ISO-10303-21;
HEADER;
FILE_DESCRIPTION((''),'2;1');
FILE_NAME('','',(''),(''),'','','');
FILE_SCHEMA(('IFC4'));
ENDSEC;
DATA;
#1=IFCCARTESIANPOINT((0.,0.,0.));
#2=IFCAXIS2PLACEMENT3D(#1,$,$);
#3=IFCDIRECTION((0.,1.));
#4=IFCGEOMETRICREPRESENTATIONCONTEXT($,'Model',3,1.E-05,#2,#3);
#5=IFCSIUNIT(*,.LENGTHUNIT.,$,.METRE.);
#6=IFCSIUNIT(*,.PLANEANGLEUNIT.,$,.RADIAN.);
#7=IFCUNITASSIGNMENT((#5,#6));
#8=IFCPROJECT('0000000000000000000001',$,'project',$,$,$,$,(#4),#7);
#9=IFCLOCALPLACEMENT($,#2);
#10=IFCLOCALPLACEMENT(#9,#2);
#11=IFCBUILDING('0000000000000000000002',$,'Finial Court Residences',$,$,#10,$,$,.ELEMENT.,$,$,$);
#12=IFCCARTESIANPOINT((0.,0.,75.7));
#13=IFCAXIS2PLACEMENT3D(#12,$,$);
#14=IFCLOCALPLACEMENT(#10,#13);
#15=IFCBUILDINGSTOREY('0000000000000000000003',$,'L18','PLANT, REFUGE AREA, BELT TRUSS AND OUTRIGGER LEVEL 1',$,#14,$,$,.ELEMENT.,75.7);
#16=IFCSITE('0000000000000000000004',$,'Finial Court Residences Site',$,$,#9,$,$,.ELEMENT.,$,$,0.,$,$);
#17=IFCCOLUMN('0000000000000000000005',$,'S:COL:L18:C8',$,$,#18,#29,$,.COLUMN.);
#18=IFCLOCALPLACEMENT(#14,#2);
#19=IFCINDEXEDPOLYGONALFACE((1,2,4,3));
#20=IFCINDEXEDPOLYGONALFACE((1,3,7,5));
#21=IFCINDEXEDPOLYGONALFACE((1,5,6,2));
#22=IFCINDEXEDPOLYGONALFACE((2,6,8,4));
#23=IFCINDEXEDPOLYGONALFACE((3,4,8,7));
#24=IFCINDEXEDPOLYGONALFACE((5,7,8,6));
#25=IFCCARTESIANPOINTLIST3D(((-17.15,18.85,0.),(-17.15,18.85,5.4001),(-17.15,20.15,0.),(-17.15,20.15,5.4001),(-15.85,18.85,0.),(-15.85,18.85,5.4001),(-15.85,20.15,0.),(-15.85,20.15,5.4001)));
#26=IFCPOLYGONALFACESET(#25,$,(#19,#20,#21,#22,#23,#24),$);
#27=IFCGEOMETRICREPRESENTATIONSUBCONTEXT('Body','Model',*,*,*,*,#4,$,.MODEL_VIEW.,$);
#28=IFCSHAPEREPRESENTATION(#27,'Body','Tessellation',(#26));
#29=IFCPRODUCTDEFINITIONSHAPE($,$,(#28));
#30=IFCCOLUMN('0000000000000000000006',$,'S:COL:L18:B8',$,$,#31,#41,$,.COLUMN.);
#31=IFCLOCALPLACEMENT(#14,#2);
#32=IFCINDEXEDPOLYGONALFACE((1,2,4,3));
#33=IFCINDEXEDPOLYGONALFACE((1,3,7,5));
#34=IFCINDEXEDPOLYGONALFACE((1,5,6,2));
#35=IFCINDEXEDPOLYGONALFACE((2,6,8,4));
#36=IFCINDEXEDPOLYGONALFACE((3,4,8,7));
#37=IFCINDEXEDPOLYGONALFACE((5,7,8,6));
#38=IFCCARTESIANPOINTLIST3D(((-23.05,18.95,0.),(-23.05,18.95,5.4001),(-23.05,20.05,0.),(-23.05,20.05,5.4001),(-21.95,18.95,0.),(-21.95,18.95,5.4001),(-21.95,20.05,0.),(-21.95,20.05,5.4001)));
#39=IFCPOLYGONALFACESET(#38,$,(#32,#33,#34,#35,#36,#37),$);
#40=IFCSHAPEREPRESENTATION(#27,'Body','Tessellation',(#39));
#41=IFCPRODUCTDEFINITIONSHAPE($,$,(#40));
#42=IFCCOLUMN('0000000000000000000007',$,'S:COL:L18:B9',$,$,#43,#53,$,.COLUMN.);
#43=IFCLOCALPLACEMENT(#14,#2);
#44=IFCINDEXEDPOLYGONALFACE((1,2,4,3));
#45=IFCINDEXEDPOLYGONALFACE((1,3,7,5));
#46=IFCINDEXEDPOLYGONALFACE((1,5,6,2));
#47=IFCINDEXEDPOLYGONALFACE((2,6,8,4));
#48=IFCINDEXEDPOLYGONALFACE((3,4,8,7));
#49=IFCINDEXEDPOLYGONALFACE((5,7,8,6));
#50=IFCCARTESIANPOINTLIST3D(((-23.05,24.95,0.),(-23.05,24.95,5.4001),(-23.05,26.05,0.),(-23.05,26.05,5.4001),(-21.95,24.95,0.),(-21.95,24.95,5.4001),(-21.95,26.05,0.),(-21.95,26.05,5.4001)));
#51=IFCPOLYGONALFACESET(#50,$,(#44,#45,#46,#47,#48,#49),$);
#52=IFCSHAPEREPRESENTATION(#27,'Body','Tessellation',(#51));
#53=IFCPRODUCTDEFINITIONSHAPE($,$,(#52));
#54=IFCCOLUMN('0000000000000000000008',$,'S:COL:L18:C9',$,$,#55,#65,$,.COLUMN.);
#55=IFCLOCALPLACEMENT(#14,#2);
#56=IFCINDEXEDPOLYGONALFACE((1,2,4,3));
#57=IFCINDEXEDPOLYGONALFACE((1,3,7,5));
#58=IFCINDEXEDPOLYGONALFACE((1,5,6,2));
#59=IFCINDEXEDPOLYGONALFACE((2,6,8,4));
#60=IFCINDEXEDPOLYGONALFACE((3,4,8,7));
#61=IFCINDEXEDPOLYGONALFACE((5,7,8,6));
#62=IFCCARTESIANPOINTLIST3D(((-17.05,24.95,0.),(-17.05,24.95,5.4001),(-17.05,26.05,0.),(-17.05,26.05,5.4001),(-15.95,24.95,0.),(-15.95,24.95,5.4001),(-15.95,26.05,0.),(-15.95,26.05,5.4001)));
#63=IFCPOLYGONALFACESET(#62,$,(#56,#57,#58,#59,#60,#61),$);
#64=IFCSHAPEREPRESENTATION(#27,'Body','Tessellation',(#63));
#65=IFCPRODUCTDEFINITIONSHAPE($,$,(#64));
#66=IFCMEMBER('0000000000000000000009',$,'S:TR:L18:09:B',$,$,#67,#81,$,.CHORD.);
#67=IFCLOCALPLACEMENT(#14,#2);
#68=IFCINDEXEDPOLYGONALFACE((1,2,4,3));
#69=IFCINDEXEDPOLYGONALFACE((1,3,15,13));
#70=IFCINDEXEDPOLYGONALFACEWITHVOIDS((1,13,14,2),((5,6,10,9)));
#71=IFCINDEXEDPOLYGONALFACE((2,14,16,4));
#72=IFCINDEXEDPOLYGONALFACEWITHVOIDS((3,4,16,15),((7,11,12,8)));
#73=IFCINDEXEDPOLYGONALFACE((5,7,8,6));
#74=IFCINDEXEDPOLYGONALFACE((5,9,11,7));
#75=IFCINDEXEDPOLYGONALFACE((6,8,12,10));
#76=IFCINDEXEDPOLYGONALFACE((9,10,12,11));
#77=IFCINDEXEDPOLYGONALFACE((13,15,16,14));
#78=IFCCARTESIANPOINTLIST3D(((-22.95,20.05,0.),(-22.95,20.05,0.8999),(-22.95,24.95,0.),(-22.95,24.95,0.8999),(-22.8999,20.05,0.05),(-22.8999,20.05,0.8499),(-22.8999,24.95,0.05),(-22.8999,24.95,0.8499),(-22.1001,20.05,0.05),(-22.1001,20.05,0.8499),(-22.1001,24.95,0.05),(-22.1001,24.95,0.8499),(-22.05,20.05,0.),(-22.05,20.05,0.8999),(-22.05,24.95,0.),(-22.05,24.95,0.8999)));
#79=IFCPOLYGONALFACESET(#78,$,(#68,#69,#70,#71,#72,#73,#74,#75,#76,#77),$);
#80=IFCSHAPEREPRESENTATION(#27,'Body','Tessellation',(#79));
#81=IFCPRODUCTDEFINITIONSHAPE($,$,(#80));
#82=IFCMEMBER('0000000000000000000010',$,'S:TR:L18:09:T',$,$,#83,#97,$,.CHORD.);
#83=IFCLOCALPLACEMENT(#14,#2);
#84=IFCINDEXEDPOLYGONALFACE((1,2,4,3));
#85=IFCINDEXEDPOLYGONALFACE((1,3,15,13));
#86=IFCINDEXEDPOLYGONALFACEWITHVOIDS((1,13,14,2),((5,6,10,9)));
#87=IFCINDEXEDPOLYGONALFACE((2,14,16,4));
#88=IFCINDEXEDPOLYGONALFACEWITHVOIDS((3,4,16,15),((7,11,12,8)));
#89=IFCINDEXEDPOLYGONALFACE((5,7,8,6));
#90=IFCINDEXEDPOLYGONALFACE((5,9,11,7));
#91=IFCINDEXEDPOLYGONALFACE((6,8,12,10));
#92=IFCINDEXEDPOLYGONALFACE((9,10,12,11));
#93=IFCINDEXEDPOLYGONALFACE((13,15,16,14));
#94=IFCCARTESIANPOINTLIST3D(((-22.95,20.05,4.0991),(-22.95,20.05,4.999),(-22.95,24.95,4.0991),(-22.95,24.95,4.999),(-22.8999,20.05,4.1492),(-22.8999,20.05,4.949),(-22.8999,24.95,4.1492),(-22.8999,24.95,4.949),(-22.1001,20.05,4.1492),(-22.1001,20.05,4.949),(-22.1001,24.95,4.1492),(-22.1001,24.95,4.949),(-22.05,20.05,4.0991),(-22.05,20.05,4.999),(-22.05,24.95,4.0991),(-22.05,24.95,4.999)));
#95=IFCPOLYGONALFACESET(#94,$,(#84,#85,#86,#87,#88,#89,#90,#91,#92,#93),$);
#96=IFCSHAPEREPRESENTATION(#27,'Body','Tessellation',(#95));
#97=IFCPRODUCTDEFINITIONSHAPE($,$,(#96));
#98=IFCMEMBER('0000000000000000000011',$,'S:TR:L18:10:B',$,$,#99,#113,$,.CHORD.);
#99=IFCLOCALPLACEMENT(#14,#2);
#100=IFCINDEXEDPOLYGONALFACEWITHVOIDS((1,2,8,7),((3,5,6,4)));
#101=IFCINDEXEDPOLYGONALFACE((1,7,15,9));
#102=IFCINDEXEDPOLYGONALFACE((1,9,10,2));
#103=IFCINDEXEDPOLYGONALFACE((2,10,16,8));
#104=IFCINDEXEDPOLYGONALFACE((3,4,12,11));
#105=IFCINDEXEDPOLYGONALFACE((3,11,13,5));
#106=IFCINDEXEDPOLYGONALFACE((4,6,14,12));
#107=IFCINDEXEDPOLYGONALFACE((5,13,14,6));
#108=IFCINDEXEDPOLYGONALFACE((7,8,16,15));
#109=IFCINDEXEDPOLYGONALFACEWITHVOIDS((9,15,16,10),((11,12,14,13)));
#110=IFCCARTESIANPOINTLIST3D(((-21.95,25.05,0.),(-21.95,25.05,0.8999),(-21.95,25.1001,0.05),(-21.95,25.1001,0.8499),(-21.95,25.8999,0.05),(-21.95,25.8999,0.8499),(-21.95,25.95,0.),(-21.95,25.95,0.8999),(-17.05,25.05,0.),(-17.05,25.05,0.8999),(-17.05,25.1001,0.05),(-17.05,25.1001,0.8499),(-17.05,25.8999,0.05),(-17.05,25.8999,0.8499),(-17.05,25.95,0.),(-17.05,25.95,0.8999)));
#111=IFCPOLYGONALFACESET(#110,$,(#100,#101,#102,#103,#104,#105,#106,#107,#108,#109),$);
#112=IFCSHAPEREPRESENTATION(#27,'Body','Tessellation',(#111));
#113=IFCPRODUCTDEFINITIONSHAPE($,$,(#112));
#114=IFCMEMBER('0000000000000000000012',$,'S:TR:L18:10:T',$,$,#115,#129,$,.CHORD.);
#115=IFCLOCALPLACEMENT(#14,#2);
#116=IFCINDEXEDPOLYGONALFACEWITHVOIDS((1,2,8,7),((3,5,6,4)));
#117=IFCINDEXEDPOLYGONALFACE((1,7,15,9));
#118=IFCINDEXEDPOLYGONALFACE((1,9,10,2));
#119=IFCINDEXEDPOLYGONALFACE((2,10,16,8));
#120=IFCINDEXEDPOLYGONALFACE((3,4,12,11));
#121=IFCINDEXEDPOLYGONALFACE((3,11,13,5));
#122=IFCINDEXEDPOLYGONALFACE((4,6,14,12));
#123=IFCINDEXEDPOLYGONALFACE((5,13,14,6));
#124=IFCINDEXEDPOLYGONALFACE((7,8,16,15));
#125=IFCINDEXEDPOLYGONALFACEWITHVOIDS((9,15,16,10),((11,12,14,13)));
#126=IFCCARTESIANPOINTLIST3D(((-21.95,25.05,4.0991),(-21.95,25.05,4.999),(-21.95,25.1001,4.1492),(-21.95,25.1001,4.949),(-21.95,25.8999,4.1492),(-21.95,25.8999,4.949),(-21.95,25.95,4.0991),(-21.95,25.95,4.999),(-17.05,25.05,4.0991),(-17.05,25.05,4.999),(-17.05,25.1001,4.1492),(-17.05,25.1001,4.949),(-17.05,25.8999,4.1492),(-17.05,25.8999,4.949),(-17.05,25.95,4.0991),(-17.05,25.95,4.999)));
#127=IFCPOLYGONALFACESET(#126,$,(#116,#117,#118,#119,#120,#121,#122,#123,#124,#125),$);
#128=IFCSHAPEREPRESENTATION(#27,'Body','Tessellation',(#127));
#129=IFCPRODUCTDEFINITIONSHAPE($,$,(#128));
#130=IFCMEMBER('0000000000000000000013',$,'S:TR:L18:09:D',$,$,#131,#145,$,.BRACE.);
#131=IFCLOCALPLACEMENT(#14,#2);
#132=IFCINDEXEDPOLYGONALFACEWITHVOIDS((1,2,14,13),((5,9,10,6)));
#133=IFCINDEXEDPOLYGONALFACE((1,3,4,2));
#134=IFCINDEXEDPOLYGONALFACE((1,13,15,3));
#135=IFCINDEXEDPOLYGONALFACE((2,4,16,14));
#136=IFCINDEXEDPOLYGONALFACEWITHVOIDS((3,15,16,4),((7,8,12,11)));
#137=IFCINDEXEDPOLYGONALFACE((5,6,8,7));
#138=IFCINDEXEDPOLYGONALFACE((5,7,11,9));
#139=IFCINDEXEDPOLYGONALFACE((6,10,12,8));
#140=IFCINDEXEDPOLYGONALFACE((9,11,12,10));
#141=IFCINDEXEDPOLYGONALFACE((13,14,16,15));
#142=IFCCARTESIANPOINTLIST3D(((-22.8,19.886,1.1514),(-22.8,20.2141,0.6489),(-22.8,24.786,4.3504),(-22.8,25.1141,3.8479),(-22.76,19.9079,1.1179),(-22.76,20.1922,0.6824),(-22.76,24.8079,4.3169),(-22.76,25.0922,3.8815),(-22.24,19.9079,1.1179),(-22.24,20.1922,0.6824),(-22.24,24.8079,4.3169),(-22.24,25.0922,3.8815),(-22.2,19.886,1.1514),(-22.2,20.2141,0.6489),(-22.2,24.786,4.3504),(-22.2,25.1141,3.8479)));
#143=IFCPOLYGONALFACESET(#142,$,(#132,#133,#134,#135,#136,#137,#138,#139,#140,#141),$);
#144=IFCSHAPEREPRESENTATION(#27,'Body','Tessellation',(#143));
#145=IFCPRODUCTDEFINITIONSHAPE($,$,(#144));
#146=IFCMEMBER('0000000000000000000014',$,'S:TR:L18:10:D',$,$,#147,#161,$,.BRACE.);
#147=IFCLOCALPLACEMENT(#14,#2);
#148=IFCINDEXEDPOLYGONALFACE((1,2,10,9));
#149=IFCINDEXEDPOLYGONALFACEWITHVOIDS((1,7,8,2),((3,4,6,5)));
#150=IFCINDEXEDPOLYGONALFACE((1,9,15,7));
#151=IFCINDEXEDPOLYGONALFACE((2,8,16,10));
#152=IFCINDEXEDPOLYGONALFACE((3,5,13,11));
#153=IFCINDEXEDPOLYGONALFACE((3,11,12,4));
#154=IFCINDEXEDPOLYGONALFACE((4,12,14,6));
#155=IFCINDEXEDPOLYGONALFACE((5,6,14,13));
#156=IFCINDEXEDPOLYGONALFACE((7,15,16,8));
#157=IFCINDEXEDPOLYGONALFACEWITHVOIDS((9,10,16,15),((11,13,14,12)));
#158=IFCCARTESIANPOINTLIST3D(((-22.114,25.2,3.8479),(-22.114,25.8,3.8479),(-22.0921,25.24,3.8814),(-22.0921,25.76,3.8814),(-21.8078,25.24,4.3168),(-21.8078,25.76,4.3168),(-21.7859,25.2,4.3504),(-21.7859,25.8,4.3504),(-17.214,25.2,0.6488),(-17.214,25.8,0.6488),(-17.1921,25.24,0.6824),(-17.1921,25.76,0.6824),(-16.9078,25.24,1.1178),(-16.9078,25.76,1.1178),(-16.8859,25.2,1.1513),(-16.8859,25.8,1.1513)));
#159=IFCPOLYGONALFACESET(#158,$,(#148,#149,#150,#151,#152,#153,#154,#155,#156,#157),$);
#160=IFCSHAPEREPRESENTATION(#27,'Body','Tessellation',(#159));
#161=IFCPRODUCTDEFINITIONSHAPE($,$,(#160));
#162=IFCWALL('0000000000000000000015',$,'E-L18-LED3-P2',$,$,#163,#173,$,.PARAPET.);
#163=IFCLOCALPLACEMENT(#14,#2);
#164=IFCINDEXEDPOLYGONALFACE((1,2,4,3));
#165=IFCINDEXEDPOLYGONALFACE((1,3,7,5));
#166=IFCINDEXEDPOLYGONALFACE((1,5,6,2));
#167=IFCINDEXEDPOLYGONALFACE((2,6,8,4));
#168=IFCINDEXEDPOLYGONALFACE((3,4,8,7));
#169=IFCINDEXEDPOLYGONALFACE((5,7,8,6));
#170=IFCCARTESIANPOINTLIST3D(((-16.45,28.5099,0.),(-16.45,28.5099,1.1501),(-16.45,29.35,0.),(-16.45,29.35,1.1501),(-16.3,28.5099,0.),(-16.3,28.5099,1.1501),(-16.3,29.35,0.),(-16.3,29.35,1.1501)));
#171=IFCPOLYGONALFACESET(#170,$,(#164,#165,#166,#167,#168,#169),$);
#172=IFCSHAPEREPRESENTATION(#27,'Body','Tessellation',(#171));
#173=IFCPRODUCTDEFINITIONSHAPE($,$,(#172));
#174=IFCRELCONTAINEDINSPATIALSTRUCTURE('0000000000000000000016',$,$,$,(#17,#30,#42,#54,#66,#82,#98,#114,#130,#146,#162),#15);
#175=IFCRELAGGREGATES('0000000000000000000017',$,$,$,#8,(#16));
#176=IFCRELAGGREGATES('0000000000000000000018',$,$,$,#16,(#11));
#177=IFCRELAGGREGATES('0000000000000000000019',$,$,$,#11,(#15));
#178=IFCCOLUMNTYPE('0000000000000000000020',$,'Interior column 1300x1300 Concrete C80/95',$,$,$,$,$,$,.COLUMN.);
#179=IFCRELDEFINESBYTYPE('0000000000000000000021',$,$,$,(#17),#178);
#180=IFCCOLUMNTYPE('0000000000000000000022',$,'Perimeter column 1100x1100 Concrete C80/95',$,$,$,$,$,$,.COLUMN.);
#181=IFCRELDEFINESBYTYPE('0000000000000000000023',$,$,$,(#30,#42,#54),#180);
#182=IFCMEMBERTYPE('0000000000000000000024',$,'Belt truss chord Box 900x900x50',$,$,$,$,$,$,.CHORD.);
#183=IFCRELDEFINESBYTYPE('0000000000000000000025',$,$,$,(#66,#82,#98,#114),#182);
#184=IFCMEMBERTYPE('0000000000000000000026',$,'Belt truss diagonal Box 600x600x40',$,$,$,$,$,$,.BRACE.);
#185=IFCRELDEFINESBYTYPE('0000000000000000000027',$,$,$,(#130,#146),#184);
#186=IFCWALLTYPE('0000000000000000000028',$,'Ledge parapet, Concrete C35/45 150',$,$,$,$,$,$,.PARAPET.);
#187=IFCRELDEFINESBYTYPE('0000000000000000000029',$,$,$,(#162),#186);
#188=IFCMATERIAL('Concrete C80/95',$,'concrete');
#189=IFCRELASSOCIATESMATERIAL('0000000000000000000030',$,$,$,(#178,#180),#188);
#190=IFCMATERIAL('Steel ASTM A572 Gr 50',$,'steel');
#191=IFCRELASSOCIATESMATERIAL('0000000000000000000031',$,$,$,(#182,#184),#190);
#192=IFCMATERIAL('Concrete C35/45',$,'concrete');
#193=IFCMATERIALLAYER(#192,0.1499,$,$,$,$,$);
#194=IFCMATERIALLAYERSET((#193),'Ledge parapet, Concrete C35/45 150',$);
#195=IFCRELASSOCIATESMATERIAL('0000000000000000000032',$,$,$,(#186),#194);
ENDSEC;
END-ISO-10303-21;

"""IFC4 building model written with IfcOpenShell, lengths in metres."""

from ifc_helpers import new_model, si_unit, direction, frame, frame_2d, origin, origin_2d, place, context, subcontext, project, spatial, rectangle, hollow_rectangle, extrude, material, layer, layer_set, material_profile, profile_set, type_object, element, save


model = new_model("IFC4")

# Units and contexts
model_context = context("Model", 3, precision=1e-05, world=origin(), true_north=direction((0.0, 1.0)))
body_context = subcontext(model_context, "Body", "Model", "MODEL_VIEW")
ifc_project = project(units=[si_unit("LENGTHUNIT", "METRE"), si_unit("PLANEANGLEUNIT", "RADIAN")], contexts=[model_context])

# Site, building, storey
site_placement = place(None, origin())
site = spatial("IfcSite", under=ifc_project, at=site_placement, Name="Finial Court Residences Site", CompositionType="ELEMENT", RefElevation=0.0)
building_placement = place(site_placement, origin())
building = spatial("IfcBuilding", under=site, at=building_placement, Name="Finial Court Residences", CompositionType="ELEMENT")
storey_placement = place(building_placement, frame((0.0, 0.0, 75.7)))
storey = spatial("IfcBuildingStorey", under=building, at=storey_placement, Name="L18", Description="PLANT, REFUGE AREA, BELT TRUSS AND OUTRIGGER LEVEL 1", CompositionType="ELEMENT", Elevation=75.7)

# Columns
ifc_material_1 = material(Name="Concrete C80/95", Category="concrete")
ifc_material_profile_1 = material_profile(ifc_material_1, rectangle(XDim=1.3, YDim=1.3, at=origin_2d()), Name="1300x1300")
ifc_profile_set_1 = profile_set([ifc_material_profile_1], Name="Concrete C80/95")
column_type_1 = type_object("IfcColumnType", Name="Interior column 1300x1300 Concrete C80/95", PredefinedType="COLUMN", material=ifc_profile_set_1)
column_placement = place(storey_placement, frame((-16.5, 19.5, 0.0), z_axis=(0.0, 0.0, 1.0), x_axis=(1.0, 0.0, 0.0)))
element("IfcColumn", 1, at=column_placement, inside=storey, type_object=column_type_1, Name="S:COL:L18:C8", PredefinedType="COLUMN", context=body_context, shape_type="SweptSolid", body=[
    extrude(rectangle(XDim=1.3, YDim=1.3, at=origin_2d()), origin(), (0.0, 0.0, 1.0), 5.4001),
])
ifc_material_profile_2 = material_profile(ifc_material_1, rectangle(XDim=1.1001, YDim=1.1001, at=origin_2d()), Name="1100x1100")
ifc_profile_set_2 = profile_set([ifc_material_profile_2], Name="Concrete C80/95")
column_type_2 = type_object("IfcColumnType", Name="Perimeter column 1100x1100 Concrete C80/95", PredefinedType="COLUMN", material=ifc_profile_set_2)
for number, where, z_axis, x_axis, name in (
    (2, (-22.5, 19.5, 0.0), (0.0, 0.0, 1.0), (1.0, 0.0, 0.0), "S:COL:L18:B8"),
    (3, (-22.5, 25.5, 0.0), (0.0, 0.0, 1.0), (1.0, 0.0, 0.0), "S:COL:L18:B9"),
    (4, (-16.5, 25.5, 0.0), (0.0, 0.0, 1.0), (1.0, 0.0, 0.0), "S:COL:L18:C9"),
):
    element("IfcColumn", number, at=place(storey_placement, frame(where, z_axis=z_axis, x_axis=x_axis)), inside=storey, type_object=column_type_2, Name=name, PredefinedType="COLUMN", context=body_context, shape_type="SweptSolid", body=[
        extrude(rectangle(XDim=1.1001, YDim=1.1001, at=origin_2d()), origin(), (0.0, 0.0, 1.0), 5.4001),
    ])

# Members
ifc_material_2 = material(Name="Steel ASTM A572 Gr 50", Category="steel")
ifc_material_profile_3 = material_profile(ifc_material_2, hollow_rectangle(XDim=0.8999, YDim=0.8999, WallThickness=0.05, at=origin_2d()), Name="Box 900x900x50")
ifc_profile_set_3 = profile_set([ifc_material_profile_3], Name="Steel ASTM A572 Gr 50")
member_type_1 = type_object("IfcMemberType", Name="Belt truss chord Box 900x900x50", PredefinedType="CHORD", material=ifc_profile_set_3)
for number, where, z_axis, x_axis, name in (
    (5, (-22.5, 20.05, 0.45), (0.0, 1.0, 0.0), (-1.0, 0.0, 0.0), "S:TR:L18:09:B"),
    (6, (-22.5, 20.05, 4.5491), (0.0, 1.0, 0.0), (-1.0, 0.0, 0.0), "S:TR:L18:09:T"),
    (7, (-21.95, 25.5, 0.45), (1.0, 0.0, 0.0), (0.0, 1.0, 0.0), "S:TR:L18:10:B"),
    (8, (-21.95, 25.5, 4.5491), (1.0, 0.0, 0.0), (0.0, 1.0, 0.0), "S:TR:L18:10:T"),
):
    element("IfcMember", number, at=place(storey_placement, frame(where, z_axis=z_axis, x_axis=x_axis)), inside=storey, type_object=member_type_1, Name=name, PredefinedType="CHORD", context=body_context, shape_type="SweptSolid", body=[
        extrude(hollow_rectangle(XDim=0.8999, YDim=0.8999, WallThickness=0.05, at=origin_2d()), origin(), (0.0, 0.0, 1.0), 4.8999),
    ])
ifc_material_profile_4 = material_profile(ifc_material_2, hollow_rectangle(XDim=0.6001, YDim=0.6001, WallThickness=0.04, at=origin_2d()), Name="Box 600x600x40")
ifc_profile_set_4 = profile_set([ifc_material_profile_4], Name="Steel ASTM A572 Gr 50")
member_type_2 = type_object("IfcMemberType", Name="Belt truss diagonal Box 600x600x40", PredefinedType="BRACE", material=ifc_profile_set_4)
for number, where, z_axis, x_axis, name in (
    (9, (-22.5, 20.05, 0.9001), (0.0, 0.837346, 0.546674), (-1.0, 0.0, 0.0), "S:TR:L18:09:D"),
    (10, (-21.95, 25.5, 4.0991), (0.837346, 0.0, -0.546674), (0.0, 1.0, 0.0), "S:TR:L18:10:D"),
):
    element("IfcMember", number, at=place(storey_placement, frame(where, z_axis=z_axis, x_axis=x_axis)), inside=storey, type_object=member_type_2, Name=name, PredefinedType="BRACE", context=body_context, shape_type="SweptSolid", body=[
        extrude(hollow_rectangle(XDim=0.6001, YDim=0.6001, WallThickness=0.04, at=origin_2d()), origin(), (0.0, 0.0, 1.0), 5.8518),
    ])

# Wall
ifc_material_3 = material(Name="Concrete C35/45", Category="concrete")
ifc_layer_1 = layer(ifc_material_3, 0.1499)
ifc_layer_set_1 = layer_set([ifc_layer_1], Name="Ledge parapet, Concrete C35/45 150")
wall_type_1 = type_object("IfcWallType", Name="Ledge parapet, Concrete C35/45 150", PredefinedType="PARAPET", material=ifc_layer_set_1)
wall_1_placement = place(storey_placement, frame((-16.375, 28.51, 0.0), z_axis=(0.0, 0.0, 1.0), x_axis=(0.0, 1.0, 0.0)))
element("IfcWall", 11, at=wall_1_placement, inside=storey, type_object=wall_type_1, Name="E-L18-LED3-P2", PredefinedType="PARAPET", context=body_context, shape_type="SweptSolid", body=[
    extrude(rectangle(XDim=0.8401, YDim=0.1499, at=frame_2d((0.4199, 0.0))), origin(), (0.0, 0.0, 1.0), 1.1501),
])

save(model, "model.ifc")
